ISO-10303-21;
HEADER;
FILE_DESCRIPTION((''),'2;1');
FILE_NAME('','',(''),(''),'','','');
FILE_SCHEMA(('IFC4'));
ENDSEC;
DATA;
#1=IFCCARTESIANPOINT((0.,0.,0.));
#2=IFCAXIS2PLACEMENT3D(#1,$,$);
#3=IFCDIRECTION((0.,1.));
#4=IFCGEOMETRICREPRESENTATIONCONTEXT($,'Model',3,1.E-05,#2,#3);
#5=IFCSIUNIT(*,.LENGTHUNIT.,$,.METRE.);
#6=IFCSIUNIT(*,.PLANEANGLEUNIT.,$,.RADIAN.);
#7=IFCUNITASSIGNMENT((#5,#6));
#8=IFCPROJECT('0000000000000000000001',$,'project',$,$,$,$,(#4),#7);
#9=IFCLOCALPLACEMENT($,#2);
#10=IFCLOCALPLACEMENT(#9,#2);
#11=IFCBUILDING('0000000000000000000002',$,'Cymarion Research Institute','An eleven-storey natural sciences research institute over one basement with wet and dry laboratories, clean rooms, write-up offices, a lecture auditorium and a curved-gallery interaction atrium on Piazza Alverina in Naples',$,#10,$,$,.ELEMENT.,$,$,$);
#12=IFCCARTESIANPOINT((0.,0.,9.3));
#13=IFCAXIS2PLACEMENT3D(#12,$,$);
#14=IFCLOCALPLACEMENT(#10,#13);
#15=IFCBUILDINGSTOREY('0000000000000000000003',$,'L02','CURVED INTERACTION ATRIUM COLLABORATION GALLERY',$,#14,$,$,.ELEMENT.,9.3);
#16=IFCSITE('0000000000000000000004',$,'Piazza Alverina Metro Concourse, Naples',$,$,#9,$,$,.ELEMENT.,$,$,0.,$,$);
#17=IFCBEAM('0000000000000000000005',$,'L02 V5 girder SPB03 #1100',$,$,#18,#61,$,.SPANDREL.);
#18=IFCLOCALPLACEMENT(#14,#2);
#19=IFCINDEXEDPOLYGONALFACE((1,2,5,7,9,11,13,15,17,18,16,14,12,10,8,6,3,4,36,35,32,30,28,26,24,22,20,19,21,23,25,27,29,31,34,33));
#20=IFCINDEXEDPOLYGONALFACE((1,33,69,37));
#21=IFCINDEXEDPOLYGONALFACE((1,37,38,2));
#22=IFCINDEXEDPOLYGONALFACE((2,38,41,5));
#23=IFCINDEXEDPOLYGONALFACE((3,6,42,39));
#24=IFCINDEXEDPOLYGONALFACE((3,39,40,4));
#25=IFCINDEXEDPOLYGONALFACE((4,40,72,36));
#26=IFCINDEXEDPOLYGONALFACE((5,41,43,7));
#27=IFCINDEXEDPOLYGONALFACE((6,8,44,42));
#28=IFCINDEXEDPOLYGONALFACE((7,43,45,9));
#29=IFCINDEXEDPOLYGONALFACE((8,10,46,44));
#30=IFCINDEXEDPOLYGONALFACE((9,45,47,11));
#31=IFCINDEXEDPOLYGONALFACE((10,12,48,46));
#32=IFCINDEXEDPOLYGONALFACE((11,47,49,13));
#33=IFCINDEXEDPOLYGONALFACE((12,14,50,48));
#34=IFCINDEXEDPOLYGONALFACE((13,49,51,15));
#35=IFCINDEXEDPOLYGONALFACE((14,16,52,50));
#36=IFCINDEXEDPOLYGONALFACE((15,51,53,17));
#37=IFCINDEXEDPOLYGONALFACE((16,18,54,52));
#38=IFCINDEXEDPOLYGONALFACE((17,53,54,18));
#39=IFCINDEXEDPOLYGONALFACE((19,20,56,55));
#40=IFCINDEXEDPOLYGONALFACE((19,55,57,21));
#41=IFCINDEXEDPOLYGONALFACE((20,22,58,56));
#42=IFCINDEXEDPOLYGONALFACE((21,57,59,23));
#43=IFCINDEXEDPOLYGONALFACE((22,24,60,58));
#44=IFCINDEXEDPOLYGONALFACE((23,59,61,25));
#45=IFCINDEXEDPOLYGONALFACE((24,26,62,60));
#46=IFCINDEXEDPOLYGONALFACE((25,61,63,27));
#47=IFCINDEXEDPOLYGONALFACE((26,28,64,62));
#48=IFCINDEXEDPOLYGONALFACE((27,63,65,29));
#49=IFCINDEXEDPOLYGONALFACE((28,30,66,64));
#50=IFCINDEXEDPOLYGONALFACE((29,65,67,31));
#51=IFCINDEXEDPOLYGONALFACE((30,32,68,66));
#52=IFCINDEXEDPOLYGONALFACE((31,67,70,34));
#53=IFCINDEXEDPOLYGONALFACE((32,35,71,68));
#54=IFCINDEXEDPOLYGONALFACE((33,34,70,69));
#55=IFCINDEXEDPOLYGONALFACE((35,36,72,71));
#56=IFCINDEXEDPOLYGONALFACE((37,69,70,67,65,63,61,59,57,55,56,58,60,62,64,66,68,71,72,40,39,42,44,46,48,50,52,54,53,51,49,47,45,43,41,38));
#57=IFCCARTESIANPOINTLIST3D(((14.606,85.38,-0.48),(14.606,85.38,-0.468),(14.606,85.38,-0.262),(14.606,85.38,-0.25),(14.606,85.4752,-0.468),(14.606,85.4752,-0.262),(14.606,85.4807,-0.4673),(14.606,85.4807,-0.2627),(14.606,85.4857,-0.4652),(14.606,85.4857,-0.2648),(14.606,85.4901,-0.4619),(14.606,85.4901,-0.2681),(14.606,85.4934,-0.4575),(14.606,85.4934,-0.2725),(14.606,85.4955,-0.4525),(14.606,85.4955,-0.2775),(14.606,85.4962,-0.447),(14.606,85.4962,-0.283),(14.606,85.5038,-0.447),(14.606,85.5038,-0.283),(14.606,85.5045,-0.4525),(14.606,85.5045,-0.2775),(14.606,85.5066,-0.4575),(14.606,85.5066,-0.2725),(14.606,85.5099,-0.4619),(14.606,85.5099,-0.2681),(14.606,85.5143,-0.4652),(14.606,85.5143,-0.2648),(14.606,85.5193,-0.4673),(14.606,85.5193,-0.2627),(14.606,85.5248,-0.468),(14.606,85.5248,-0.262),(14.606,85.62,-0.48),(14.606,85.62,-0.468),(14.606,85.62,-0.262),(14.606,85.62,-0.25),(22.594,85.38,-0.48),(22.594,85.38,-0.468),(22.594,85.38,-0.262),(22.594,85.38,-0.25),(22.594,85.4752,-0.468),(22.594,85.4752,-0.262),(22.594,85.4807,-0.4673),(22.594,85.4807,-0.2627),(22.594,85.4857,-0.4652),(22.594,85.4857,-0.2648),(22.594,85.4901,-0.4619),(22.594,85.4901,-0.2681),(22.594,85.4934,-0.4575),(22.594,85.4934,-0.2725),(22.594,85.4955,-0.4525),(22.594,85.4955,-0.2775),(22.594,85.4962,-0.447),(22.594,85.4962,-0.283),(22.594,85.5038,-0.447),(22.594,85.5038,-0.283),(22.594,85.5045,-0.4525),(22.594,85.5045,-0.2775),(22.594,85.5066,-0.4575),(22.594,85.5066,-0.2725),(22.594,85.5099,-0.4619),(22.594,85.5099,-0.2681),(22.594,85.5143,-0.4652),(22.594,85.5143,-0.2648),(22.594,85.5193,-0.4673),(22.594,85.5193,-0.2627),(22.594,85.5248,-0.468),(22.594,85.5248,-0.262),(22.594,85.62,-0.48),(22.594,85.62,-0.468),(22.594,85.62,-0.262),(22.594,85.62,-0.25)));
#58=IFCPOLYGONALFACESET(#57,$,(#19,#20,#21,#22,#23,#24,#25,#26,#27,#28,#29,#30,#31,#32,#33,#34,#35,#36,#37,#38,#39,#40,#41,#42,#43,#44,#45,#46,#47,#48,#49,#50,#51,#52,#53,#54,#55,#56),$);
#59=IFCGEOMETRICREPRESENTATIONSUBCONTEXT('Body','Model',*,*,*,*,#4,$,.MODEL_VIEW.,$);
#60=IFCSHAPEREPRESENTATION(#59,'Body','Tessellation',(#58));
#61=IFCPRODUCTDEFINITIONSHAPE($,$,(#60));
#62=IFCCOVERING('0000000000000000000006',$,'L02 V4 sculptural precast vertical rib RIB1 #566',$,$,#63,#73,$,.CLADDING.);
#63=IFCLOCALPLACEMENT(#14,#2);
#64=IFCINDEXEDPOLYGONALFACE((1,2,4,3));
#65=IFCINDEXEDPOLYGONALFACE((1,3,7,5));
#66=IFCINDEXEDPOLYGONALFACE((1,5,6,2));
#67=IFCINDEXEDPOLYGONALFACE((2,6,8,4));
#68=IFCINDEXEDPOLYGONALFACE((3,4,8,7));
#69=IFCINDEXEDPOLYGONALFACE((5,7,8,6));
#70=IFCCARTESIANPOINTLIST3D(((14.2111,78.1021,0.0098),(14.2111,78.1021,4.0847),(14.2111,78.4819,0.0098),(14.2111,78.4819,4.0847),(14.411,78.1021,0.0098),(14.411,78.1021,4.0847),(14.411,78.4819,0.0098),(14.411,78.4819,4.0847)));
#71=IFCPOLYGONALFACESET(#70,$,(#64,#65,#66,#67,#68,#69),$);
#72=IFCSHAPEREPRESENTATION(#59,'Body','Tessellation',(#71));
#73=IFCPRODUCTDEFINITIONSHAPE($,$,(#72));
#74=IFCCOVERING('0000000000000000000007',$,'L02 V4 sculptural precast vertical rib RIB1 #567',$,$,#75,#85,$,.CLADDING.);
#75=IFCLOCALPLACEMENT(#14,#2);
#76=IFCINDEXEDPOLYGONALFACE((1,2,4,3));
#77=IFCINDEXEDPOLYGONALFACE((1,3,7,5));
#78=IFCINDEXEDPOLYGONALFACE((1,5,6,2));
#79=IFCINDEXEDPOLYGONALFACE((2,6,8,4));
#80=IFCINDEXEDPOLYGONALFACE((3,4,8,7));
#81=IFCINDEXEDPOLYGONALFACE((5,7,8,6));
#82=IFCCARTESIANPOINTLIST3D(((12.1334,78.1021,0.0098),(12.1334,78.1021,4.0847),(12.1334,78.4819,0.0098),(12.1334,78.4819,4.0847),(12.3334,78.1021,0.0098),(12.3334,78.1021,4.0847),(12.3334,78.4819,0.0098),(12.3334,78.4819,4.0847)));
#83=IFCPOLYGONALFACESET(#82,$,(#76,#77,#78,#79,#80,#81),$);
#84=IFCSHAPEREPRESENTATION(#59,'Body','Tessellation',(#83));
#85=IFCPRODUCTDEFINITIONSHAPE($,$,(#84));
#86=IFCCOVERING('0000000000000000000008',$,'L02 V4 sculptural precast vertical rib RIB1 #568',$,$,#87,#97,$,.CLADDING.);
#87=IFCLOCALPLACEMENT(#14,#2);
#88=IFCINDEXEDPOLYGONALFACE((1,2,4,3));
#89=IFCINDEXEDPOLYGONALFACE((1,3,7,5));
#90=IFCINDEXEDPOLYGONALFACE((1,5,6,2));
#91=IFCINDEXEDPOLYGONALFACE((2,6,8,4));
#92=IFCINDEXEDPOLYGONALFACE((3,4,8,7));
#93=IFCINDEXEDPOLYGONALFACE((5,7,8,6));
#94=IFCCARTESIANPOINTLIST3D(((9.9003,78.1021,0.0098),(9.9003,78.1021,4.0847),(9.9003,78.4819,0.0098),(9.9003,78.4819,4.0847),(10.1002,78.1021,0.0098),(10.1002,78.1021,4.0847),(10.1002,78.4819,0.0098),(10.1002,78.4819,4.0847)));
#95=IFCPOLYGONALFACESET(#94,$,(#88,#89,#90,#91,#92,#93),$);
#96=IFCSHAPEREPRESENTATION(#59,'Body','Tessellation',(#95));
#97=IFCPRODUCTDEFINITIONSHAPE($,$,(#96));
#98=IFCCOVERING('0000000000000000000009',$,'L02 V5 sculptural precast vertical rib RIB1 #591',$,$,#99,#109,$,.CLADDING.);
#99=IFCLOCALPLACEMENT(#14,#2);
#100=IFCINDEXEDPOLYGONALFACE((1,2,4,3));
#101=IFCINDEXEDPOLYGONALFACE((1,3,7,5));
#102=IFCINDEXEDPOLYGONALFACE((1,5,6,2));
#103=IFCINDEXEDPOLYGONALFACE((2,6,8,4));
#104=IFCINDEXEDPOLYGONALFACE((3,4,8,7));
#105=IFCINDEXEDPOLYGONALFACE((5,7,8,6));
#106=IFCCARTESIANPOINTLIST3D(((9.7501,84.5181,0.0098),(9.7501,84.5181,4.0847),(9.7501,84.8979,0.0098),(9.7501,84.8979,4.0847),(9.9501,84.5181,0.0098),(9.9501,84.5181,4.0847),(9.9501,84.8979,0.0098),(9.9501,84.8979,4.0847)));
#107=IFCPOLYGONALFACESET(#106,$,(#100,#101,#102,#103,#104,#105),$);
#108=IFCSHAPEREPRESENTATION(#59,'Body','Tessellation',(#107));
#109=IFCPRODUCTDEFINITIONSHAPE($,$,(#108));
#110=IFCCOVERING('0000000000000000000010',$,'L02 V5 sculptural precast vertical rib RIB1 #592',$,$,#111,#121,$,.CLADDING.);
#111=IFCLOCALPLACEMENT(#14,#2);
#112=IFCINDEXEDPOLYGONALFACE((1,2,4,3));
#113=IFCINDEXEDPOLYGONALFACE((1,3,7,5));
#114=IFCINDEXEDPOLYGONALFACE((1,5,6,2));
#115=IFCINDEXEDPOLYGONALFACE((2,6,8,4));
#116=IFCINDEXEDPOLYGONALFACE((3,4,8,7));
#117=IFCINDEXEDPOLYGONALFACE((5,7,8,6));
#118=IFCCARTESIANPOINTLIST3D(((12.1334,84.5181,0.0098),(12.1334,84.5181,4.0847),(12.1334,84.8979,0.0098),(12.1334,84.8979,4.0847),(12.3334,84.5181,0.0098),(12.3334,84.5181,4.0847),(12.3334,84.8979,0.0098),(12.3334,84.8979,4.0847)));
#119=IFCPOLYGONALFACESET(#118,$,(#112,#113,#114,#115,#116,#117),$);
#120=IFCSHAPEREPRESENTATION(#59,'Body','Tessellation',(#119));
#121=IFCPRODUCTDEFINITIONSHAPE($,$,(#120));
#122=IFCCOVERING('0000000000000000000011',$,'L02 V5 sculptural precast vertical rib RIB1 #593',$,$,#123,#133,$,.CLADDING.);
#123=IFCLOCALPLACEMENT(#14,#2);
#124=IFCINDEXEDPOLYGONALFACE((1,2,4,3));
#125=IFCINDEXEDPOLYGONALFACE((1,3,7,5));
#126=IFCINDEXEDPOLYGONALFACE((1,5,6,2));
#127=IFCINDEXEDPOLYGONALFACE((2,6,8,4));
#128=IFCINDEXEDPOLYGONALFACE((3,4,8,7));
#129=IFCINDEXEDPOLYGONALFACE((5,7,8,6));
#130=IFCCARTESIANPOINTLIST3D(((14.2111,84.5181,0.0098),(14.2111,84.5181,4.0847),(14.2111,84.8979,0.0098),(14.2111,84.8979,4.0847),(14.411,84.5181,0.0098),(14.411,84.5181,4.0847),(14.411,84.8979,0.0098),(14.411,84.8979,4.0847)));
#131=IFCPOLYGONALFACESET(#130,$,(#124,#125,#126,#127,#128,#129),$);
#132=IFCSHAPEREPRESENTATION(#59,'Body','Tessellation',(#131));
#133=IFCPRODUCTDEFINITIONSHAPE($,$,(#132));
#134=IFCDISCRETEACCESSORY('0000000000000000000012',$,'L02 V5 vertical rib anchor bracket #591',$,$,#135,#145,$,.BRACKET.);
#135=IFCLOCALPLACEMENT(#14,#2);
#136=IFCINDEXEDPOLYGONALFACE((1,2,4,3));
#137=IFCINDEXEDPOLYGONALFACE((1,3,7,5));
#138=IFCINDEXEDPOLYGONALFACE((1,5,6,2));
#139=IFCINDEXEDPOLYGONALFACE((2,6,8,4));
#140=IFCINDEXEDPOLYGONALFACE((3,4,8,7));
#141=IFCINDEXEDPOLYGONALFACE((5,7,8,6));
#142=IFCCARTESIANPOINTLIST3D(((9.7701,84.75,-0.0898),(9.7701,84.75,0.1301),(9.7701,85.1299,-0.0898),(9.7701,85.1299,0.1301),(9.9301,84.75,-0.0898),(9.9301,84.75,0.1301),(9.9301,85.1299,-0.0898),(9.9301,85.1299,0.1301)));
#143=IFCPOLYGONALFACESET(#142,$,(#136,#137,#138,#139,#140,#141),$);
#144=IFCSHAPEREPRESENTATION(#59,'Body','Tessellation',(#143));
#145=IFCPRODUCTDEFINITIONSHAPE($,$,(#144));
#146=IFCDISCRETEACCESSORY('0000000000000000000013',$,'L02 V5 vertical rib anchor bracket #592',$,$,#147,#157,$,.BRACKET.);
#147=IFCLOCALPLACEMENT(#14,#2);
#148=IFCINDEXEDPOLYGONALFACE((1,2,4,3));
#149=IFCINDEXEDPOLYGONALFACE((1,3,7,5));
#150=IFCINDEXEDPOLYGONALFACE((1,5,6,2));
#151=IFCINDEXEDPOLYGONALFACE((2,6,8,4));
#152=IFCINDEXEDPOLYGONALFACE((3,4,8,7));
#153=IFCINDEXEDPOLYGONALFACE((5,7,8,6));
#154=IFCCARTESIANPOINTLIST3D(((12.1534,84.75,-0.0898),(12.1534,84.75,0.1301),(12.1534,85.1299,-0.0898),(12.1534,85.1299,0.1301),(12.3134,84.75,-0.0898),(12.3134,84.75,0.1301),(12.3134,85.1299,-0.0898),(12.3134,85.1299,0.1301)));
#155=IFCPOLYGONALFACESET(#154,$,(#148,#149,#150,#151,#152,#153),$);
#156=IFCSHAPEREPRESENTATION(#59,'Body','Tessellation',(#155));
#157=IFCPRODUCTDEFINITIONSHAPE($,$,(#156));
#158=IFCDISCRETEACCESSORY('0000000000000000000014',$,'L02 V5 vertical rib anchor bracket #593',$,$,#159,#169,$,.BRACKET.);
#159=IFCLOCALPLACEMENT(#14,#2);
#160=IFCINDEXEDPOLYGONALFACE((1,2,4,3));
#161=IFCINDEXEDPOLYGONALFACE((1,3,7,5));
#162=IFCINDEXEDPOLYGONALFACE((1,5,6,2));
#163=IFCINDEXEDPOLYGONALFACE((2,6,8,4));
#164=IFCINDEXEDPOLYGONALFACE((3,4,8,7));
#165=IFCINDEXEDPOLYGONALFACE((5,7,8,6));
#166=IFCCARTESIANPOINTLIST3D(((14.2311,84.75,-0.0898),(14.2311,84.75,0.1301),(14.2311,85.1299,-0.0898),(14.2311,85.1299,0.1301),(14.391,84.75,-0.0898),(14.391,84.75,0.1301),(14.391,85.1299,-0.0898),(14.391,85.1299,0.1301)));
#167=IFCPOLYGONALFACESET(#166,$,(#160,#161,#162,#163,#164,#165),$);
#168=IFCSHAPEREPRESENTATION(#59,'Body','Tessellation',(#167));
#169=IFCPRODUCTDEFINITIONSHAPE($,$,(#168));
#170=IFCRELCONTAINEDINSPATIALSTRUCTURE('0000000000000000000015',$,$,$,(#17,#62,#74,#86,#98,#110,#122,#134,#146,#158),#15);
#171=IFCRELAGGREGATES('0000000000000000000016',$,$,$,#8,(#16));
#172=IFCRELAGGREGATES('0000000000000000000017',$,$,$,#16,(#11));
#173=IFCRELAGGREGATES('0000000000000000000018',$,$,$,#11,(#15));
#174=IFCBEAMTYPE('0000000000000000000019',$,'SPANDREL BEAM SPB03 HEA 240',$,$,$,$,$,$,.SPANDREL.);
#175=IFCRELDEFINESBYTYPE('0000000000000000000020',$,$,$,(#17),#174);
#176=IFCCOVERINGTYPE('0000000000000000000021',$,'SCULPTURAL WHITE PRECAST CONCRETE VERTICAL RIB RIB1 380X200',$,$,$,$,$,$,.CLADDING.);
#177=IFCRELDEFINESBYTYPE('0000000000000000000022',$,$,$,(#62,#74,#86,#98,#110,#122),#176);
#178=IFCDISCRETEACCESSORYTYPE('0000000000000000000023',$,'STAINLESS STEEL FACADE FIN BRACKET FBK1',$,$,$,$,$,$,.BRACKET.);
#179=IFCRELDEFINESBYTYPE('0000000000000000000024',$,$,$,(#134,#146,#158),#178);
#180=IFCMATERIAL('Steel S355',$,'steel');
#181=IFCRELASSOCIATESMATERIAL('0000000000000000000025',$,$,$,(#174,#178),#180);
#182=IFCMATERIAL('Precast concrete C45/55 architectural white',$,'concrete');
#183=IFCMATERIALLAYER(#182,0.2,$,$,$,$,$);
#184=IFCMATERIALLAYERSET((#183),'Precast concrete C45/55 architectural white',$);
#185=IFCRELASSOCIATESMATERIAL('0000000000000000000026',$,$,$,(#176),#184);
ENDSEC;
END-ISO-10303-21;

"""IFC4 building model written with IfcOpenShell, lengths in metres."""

from ifc_helpers import new_model, si_unit, direction, frame, origin, origin_2d, place, context, subcontext, project, spatial, rectangle, i_section, extrude, material, layer, layer_set, material_profile, profile_set, type_object, element, save


model = new_model("IFC4")

# Units and contexts
model_context = context("Model", 3, precision=1e-05, world=origin(), true_north=direction((0.0, 1.0)))
body_context = subcontext(model_context, "Body", "Model", "MODEL_VIEW")
ifc_project = project(units=[si_unit("LENGTHUNIT", "METRE"), si_unit("PLANEANGLEUNIT", "RADIAN")], contexts=[model_context])

# Site, building, storey
site_placement = place(None, origin())
site = spatial("IfcSite", under=ifc_project, at=site_placement, Name="Piazza Alverina Metro Concourse, Naples", CompositionType="ELEMENT", RefElevation=0.0)
building_placement = place(site_placement, origin())
building = spatial("IfcBuilding", under=site, at=building_placement, Name="Cymarion Research Institute", Description="An eleven-storey natural sciences research institute over one basement with wet and dry laboratories, clean rooms, write-up offices, a lecture auditorium and a curved-gallery interaction atrium on Piazza Alverina in Naples", CompositionType="ELEMENT")
storey_placement = place(building_placement, frame((0.0, 0.0, 9.3)))
storey = spatial("IfcBuildingStorey", under=building, at=storey_placement, Name="L02", Description="CURVED INTERACTION ATRIUM COLLABORATION GALLERY", CompositionType="ELEMENT", Elevation=9.3)

# Shared definitions
ifc_material_1 = material(Name="Steel S355", Category="steel")

# Beam
ifc_material_profile_1 = material_profile(ifc_material_1, i_section(OverallWidth=0.24, OverallDepth=0.23, WebThickness=0.0076, FlangeThickness=0.012, FilletRadius=0.021, at=origin_2d()), Name="HEA 240")
ifc_profile_set_1 = profile_set([ifc_material_profile_1], Name="Steel S355")
beam_type_1 = type_object("IfcBeamType", Name="SPANDREL BEAM SPB03 HEA 240", PredefinedType="SPANDREL", material=ifc_profile_set_1)
beam_1_placement = place(storey_placement, frame((14.606, 85.5, -0.365), z_axis=(1.0, 0.0, 0.0), x_axis=(0.0, 1.0, 0.0)))
element("IfcBeam", 1, at=beam_1_placement, inside=storey, type_object=beam_type_1, Name="L02 V5 girder SPB03 #1100", PredefinedType="SPANDREL", context=body_context, shape_type="SweptSolid", body=[
    extrude(i_section(OverallWidth=0.24, OverallDepth=0.23, WebThickness=0.0076, FlangeThickness=0.012, FilletRadius=0.021, at=origin_2d()), origin(), (0.0, 0.0, 1.0), 7.988),
])

# Coverings
ifc_material_2 = material(Name="Precast concrete C45/55 architectural white", Category="concrete")
ifc_layer = layer(ifc_material_2, 0.2)
ifc_layer_set = layer_set([ifc_layer], Name="Precast concrete C45/55 architectural white")
covering_type = type_object("IfcCoveringType", Name="SCULPTURAL WHITE PRECAST CONCRETE VERTICAL RIB RIB1 380X200", PredefinedType="CLADDING", material=ifc_layer_set)
for number, where, z_axis, x_axis, name in (
    (2, (14.311, 78.292, 0.0098), (0.0, 0.0, 1.0), (0.0, 1.0, 0.0), "L02 V4 sculptural precast vertical rib RIB1 #566"),
    (3, (12.2334, 78.292, 0.0098), (0.0, 0.0, 1.0), (0.0, 1.0, 0.0), "L02 V4 sculptural precast vertical rib RIB1 #567"),
    (4, (10.0002, 78.292, 0.0098), (0.0, 0.0, 1.0), (0.0, 1.0, 0.0), "L02 V4 sculptural precast vertical rib RIB1 #568"),
    (5, (9.8501, 84.708, 0.0098), (0.0, 0.0, 1.0), (0.0, -1.0, 0.0), "L02 V5 sculptural precast vertical rib RIB1 #591"),
    (6, (12.2334, 84.708, 0.0098), (0.0, 0.0, 1.0), (0.0, -1.0, 0.0), "L02 V5 sculptural precast vertical rib RIB1 #592"),
    (7, (14.311, 84.708, 0.0098), (0.0, 0.0, 1.0), (0.0, -1.0, 0.0), "L02 V5 sculptural precast vertical rib RIB1 #593"),
):
    element("IfcCovering", number, at=place(storey_placement, frame(where, z_axis=z_axis, x_axis=x_axis)), inside=storey, type_object=covering_type, Name=name, PredefinedType="CLADDING", context=body_context, shape_type="SweptSolid", body=[
        extrude(rectangle(XDim=0.3799, YDim=0.2, at=origin_2d()), origin(), (0.0, 0.0, 1.0), 4.075),
    ])

# Discrete accessories
discrete_accessory_type = type_object("IfcDiscreteAccessoryType", Name="STAINLESS STEEL FACADE FIN BRACKET FBK1", PredefinedType="BRACKET", material=ifc_material_1)
for number, where, z_axis, x_axis, name in (
    (8, (9.8501, 84.9399, -0.0898), (0.0, 0.0, 1.0), (0.0, -1.0, 0.0), "L02 V5 vertical rib anchor bracket #591"),
    (9, (12.2334, 84.9399, -0.0898), (0.0, 0.0, 1.0), (0.0, -1.0, 0.0), "L02 V5 vertical rib anchor bracket #592"),
    (10, (14.311, 84.9399, -0.0898), (0.0, 0.0, 1.0), (0.0, -1.0, 0.0), "L02 V5 vertical rib anchor bracket #593"),
):
    element("IfcDiscreteAccessory", number, at=place(storey_placement, frame(where, z_axis=z_axis, x_axis=x_axis)), inside=storey, type_object=discrete_accessory_type, Name=name, PredefinedType="BRACKET", context=body_context, shape_type="SweptSolid", body=[
        extrude(rectangle(XDim=0.3799, YDim=0.1599, at=origin_2d()), origin(), (0.0, 0.0, 1.0), 0.22),
    ])

save(model, "model.ifc")
